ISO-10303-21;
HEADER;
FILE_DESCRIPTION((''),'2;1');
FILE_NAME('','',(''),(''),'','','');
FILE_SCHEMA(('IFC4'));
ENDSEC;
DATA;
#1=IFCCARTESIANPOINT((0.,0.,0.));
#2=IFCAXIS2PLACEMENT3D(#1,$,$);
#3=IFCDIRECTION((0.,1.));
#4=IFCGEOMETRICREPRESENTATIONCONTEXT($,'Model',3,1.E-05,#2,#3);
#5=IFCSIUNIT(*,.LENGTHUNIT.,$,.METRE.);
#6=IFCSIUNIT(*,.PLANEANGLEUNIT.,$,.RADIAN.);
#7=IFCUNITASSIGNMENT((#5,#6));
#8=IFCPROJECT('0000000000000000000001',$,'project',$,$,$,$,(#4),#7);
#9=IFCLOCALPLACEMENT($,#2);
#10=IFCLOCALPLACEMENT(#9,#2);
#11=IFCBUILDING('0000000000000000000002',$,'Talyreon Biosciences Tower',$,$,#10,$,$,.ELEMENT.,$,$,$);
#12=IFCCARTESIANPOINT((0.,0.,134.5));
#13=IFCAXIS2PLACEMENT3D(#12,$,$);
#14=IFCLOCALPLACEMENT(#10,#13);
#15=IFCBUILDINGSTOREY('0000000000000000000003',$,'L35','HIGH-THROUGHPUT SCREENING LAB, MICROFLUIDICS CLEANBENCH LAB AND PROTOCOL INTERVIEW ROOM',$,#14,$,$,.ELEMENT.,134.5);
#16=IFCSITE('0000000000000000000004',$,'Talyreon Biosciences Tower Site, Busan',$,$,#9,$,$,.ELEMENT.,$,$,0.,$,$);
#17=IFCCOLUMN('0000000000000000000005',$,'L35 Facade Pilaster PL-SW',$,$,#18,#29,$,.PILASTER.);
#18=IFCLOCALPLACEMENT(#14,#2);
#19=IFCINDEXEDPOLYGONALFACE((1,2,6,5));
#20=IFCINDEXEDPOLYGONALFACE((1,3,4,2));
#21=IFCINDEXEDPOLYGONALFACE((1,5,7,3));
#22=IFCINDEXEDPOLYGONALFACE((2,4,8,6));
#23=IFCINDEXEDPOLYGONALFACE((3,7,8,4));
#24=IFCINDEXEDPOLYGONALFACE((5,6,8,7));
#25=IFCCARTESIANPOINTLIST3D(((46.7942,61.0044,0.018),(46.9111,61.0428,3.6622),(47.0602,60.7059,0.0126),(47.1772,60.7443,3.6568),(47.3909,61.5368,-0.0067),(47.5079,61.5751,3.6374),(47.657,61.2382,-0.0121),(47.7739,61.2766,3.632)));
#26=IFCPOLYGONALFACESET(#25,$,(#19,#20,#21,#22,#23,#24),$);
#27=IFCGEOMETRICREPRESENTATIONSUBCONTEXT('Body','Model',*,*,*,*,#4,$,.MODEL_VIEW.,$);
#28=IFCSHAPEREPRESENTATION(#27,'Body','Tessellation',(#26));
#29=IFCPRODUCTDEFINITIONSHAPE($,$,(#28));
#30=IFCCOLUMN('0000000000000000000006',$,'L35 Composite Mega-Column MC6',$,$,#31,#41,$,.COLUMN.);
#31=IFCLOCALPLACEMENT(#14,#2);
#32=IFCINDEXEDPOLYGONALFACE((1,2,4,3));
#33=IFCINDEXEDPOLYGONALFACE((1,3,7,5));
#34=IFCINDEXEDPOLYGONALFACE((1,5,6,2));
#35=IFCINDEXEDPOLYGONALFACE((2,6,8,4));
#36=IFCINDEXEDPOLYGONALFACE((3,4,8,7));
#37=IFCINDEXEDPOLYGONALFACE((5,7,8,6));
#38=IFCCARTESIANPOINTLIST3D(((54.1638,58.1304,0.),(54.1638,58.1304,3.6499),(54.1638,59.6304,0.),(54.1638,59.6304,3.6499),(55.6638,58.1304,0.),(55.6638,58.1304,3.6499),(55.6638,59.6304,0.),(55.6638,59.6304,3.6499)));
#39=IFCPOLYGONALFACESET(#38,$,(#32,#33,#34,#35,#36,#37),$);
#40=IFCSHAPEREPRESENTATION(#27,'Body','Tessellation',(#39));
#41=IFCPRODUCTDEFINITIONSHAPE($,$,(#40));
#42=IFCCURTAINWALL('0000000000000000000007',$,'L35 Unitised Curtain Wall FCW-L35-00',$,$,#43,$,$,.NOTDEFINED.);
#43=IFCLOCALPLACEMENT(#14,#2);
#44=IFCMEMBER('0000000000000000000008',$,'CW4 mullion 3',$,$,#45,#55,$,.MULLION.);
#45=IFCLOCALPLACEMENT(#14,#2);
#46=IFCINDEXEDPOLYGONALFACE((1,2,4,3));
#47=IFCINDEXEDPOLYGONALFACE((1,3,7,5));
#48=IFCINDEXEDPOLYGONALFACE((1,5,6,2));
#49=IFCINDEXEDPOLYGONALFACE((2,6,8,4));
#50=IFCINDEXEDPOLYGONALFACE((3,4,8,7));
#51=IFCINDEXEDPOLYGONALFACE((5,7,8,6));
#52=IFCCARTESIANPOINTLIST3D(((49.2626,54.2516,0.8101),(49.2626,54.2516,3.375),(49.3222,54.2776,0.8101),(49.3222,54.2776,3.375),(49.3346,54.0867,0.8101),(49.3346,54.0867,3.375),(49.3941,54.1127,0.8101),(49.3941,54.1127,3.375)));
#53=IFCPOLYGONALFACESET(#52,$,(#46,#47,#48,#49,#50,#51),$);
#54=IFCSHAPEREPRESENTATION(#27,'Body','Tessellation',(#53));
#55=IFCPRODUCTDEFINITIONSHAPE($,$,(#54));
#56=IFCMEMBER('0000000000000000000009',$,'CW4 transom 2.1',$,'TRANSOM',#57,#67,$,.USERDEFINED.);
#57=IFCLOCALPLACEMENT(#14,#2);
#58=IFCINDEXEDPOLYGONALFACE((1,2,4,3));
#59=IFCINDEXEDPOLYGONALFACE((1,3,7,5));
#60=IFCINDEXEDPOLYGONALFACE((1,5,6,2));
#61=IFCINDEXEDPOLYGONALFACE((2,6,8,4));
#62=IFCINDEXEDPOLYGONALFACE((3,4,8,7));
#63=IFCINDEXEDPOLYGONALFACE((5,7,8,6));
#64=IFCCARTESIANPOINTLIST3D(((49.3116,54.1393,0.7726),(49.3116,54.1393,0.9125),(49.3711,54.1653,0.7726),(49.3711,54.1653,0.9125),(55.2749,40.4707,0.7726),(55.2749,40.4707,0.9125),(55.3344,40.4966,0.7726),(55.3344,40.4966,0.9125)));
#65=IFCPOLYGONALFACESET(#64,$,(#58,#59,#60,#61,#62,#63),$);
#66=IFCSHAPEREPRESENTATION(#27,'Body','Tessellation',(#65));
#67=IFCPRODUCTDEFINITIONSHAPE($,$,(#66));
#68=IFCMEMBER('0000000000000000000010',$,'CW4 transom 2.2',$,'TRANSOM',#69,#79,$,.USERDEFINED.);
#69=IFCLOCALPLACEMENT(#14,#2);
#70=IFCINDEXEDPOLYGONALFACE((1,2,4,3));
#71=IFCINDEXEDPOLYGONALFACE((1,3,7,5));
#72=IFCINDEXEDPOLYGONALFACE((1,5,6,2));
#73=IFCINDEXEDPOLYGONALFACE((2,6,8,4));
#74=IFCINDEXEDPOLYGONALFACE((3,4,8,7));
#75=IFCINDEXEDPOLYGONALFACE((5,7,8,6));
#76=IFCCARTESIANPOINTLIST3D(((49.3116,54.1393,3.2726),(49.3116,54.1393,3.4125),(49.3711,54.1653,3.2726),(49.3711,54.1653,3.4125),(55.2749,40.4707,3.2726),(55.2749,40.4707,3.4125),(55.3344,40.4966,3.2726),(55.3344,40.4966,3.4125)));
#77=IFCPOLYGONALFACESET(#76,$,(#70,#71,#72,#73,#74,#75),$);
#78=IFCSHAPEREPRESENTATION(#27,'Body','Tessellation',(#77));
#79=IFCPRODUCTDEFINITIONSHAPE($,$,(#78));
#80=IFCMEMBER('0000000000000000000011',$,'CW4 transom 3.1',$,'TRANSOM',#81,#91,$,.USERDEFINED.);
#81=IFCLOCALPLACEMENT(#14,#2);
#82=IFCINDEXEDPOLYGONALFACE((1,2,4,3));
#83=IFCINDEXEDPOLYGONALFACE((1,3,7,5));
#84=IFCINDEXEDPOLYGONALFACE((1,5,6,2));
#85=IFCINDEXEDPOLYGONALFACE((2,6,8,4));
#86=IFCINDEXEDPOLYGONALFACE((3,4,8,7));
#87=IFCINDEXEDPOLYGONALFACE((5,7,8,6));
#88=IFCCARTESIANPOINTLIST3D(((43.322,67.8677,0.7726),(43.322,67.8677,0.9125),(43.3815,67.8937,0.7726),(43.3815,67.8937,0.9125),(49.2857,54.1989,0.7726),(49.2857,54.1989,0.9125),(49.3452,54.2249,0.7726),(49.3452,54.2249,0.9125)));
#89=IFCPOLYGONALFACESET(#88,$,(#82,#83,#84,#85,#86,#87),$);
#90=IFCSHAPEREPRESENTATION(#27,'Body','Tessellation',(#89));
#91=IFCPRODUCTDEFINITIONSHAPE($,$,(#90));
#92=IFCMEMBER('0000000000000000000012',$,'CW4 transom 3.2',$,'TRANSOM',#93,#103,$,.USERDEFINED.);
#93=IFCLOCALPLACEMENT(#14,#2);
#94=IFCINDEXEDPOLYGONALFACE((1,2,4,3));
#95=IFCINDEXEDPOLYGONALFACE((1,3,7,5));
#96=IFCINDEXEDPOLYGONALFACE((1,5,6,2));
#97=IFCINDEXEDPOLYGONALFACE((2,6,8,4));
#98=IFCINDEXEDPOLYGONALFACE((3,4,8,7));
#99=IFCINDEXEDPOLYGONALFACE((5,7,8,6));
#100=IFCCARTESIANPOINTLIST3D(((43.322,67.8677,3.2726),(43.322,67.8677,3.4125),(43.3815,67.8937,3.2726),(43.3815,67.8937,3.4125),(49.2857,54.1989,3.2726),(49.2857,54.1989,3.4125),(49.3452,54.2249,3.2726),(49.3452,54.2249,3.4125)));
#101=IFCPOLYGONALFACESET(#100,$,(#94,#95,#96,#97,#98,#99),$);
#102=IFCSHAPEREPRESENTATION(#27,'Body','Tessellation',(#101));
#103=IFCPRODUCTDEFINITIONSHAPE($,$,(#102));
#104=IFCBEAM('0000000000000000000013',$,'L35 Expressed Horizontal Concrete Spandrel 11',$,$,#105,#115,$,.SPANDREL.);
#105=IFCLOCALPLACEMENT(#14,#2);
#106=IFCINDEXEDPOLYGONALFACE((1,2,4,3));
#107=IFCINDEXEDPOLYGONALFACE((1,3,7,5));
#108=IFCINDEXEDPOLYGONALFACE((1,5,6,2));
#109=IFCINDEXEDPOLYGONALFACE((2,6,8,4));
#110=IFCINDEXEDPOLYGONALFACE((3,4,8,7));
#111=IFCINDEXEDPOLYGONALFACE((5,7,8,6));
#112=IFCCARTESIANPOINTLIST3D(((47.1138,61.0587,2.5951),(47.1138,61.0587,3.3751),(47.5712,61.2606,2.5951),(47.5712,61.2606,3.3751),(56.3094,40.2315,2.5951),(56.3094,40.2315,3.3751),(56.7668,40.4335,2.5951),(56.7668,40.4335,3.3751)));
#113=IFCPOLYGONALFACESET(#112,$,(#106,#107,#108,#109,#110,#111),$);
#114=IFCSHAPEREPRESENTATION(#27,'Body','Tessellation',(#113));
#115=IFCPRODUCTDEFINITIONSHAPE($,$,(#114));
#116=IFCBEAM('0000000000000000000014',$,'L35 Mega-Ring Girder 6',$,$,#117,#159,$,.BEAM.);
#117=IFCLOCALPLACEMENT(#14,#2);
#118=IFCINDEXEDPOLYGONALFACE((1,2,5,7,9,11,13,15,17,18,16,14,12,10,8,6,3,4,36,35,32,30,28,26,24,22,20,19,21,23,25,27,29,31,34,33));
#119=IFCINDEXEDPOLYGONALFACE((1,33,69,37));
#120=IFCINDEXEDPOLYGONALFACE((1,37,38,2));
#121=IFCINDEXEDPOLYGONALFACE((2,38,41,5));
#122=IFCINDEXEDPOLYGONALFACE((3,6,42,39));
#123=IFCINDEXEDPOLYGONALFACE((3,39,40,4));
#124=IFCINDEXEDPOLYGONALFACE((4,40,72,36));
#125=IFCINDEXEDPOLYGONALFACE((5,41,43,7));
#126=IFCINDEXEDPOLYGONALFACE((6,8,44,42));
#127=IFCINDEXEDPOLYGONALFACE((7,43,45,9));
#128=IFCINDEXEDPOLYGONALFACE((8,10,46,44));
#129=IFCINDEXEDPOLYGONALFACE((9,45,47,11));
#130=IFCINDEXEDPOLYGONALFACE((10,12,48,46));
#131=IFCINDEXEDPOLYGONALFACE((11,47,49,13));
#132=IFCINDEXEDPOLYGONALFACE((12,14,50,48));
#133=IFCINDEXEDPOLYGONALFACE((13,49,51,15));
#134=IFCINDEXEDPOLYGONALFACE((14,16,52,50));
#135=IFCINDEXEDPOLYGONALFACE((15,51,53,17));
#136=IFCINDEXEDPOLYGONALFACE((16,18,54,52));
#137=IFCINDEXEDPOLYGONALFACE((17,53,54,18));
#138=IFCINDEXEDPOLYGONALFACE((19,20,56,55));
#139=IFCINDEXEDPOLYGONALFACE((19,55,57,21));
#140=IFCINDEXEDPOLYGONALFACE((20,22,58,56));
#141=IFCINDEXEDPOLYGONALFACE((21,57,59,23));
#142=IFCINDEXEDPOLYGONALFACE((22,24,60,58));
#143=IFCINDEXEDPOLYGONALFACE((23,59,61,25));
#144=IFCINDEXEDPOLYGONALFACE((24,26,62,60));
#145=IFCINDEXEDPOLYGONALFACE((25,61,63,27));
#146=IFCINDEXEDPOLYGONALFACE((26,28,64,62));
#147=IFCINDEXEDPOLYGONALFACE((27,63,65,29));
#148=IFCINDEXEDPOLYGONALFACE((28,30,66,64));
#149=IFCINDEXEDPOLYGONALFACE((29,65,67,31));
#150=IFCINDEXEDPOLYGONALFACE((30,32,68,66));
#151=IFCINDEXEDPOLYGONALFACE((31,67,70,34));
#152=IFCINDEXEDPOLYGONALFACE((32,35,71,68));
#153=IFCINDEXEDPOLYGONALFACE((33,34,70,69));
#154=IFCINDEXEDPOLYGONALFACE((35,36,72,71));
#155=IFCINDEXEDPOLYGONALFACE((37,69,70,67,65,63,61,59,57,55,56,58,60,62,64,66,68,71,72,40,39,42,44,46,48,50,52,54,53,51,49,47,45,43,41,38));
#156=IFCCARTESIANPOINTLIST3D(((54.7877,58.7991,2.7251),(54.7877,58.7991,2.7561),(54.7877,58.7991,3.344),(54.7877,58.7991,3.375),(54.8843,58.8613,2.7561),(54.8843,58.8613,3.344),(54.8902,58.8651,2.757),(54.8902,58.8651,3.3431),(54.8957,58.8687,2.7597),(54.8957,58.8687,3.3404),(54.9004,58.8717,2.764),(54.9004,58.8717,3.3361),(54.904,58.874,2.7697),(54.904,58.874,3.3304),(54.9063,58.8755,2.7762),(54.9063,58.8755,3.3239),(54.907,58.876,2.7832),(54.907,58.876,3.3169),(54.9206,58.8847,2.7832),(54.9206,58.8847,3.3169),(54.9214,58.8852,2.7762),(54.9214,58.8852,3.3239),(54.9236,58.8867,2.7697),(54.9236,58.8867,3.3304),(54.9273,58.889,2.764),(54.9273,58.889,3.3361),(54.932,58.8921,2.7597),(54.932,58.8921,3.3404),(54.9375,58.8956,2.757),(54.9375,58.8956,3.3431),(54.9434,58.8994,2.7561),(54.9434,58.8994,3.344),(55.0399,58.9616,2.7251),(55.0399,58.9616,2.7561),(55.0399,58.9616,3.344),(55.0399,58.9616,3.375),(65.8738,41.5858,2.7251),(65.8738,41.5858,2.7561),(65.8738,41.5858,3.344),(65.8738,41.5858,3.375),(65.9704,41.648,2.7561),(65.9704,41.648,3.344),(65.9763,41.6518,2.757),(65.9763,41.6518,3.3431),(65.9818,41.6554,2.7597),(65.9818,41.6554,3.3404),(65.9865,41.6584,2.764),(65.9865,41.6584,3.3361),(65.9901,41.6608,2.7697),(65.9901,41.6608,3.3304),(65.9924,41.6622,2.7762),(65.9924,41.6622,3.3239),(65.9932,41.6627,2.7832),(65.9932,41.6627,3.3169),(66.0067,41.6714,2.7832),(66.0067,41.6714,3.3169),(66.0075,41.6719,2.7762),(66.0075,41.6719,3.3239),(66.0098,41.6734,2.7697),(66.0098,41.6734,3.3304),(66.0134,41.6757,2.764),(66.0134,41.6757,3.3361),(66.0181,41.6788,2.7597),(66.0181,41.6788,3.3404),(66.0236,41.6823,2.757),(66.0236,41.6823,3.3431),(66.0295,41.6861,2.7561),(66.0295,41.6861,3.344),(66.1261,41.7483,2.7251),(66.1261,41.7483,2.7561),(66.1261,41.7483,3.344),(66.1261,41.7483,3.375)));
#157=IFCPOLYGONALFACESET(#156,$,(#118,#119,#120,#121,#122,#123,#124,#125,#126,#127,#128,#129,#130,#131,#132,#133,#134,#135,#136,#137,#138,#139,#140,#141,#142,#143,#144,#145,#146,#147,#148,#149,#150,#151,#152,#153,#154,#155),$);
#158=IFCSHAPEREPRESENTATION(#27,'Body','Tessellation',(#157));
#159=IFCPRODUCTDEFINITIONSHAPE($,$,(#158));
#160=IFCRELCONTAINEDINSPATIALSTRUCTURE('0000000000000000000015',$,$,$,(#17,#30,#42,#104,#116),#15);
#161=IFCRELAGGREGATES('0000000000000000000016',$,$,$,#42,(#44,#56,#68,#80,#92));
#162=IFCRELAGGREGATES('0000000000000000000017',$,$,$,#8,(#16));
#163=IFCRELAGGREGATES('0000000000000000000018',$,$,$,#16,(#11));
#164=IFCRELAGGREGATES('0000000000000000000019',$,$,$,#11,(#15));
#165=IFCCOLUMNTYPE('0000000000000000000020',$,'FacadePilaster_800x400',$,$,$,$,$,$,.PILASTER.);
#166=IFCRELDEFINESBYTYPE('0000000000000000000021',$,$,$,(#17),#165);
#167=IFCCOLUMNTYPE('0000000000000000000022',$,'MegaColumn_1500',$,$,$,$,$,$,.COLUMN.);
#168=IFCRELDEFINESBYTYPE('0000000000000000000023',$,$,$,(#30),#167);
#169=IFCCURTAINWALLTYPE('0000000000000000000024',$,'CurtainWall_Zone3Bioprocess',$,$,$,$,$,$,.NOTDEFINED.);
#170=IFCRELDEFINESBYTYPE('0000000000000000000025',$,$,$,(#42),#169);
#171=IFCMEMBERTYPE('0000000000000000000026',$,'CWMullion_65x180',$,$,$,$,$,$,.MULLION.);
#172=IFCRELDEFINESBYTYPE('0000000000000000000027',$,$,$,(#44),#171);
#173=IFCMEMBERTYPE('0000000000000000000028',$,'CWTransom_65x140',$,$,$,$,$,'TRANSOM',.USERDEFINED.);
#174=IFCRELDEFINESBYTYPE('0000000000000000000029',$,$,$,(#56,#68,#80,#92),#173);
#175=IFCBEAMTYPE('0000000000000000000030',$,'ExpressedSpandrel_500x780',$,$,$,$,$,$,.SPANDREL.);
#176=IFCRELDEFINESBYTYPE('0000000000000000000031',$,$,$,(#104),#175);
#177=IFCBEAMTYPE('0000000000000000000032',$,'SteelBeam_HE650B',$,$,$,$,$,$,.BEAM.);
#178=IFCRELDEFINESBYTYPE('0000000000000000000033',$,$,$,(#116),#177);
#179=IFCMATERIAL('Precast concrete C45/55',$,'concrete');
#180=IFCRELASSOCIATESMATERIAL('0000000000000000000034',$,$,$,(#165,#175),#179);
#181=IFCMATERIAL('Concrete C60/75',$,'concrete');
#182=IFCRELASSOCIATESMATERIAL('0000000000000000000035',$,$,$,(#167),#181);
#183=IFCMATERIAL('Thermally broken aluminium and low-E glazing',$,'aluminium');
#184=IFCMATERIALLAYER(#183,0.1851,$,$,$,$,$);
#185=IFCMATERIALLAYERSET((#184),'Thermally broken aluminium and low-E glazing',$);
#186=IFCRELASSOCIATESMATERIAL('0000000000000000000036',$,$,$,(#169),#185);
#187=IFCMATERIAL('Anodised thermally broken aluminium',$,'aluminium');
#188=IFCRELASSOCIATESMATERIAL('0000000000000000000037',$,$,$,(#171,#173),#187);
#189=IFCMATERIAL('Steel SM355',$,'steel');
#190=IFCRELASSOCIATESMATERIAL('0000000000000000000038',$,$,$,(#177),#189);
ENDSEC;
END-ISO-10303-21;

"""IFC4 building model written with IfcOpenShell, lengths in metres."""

from ifc_helpers import new_model, si_unit, direction, frame, origin, origin_2d, place, context, subcontext, project, spatial, rectangle, i_section, extrude, material, layer, layer_set, material_profile, profile_set, type_object, element, aggregate, save


model = new_model("IFC4")

# Units and contexts
model_context = context("Model", 3, precision=1e-05, world=origin(), true_north=direction((0.0, 1.0)))
body_context = subcontext(model_context, "Body", "Model", "MODEL_VIEW")
ifc_project = project(units=[si_unit("LENGTHUNIT", "METRE"), si_unit("PLANEANGLEUNIT", "RADIAN")], contexts=[model_context])

# Site, building, storey
site_placement = place(None, origin())
site = spatial("IfcSite", under=ifc_project, at=site_placement, Name="Talyreon Biosciences Tower Site, Busan", CompositionType="ELEMENT", RefElevation=0.0)
building_placement = place(site_placement, origin())
building = spatial("IfcBuilding", under=site, at=building_placement, Name="Talyreon Biosciences Tower", CompositionType="ELEMENT")
storey_placement = place(building_placement, frame((0.0, 0.0, 134.5)))
storey = spatial("IfcBuildingStorey", under=building, at=storey_placement, Name="L35", Description="HIGH-THROUGHPUT SCREENING LAB, MICROFLUIDICS CLEANBENCH LAB AND PROTOCOL INTERVIEW ROOM", CompositionType="ELEMENT", Elevation=134.5)

# Columns
ifc_material_1 = material(Name="Precast concrete C45/55", Category="concrete")
ifc_material_profile_1 = material_profile(ifc_material_1, rectangle(XDim=0.8, YDim=0.3999, at=origin_2d()), Name="RC 800x400")
ifc_profile_set_1 = profile_set([ifc_material_profile_1], Name="Precast concrete C45/55")
column_type_1 = type_object("IfcColumnType", Name="FacadePilaster_800x400", PredefinedType="PILASTER", material=ifc_profile_set_1)
column_1_placement = place(storey_placement, frame((47.2256, 61.1213, 0.0029), z_axis=(0.032073, 0.010513, 0.99943), x_axis=(0.745882, 0.665359, -0.030935)))
element("IfcColumn", 1, at=column_1_placement, inside=storey, type_object=column_type_1, Name="L35 Facade Pilaster PL-SW", PredefinedType="PILASTER", context=body_context, shape_type="SweptSolid", body=[
    extrude(rectangle(XDim=0.8, YDim=0.3999, at=origin_2d()), origin(), (0.0, 0.0, 1.0), 3.6462),
])
ifc_material_2 = material(Name="Concrete C60/75", Category="concrete")
ifc_material_profile_2 = material_profile(ifc_material_2, rectangle(XDim=1.5, YDim=1.5, at=origin_2d()), Name="RC 1500x1500")
ifc_profile_set_2 = profile_set([ifc_material_profile_2], Name="Concrete C60/75")
column_type_2 = type_object("IfcColumnType", Name="MegaColumn_1500", PredefinedType="COLUMN", material=ifc_profile_set_2)
column_2_placement = place(storey_placement, frame((54.9138, 58.8804, 0.0), z_axis=(0.0, 0.0, 1.0), x_axis=(1.0, 0.0, 0.0)))
element("IfcColumn", 2, at=column_2_placement, inside=storey, type_object=column_type_2, Name="L35 Composite Mega-Column MC6", PredefinedType="COLUMN", context=body_context, shape_type="SweptSolid", body=[
    extrude(rectangle(XDim=1.5, YDim=1.5, at=origin_2d()), origin(), (0.0, 0.0, 1.0), 3.6499),
])

# Curtain wall, members
ifc_material_3 = material(Name="Thermally broken aluminium and low-E glazing", Category="aluminium")
ifc_layer_1 = layer(ifc_material_3, 0.1851)
ifc_layer_set_1 = layer_set([ifc_layer_1], Name="Thermally broken aluminium and low-E glazing")
curtain_wall_type = type_object("IfcCurtainWallType", Name="CurtainWall_Zone3Bioprocess", PredefinedType="NOTDEFINED", material=ifc_layer_set_1)
curtain_wall_placement = place(storey_placement, origin())
curtain_wall = element("IfcCurtainWall", 3, at=curtain_wall_placement, inside=storey, type_object=curtain_wall_type, Name="L35 Unitised Curtain Wall FCW-L35-00", PredefinedType="NOTDEFINED")
ifc_material_4 = material(Name="Anodised thermally broken aluminium", Category="aluminium")
ifc_material_profile_3 = material_profile(ifc_material_4, rectangle(XDim=0.0649, YDim=0.1799, at=origin_2d()), Name="ALUM MULLION 65x180")
ifc_profile_set_3 = profile_set([ifc_material_profile_3], Name="Anodised thermally broken aluminium")
member_type_1 = type_object("IfcMemberType", Name="CWMullion_65x180", PredefinedType="MULLION", material=ifc_profile_set_3)
member_1_placement = place(storey_placement, frame((49.3284, 54.1821, 0.8101), z_axis=(0.0, 0.0, 1.0), x_axis=(-0.916566, -0.399882, 0.0)))
member_1 = element("IfcMember", 4, at=member_1_placement, type_object=member_type_1, Name="CW4 mullion 3", PredefinedType="MULLION", context=body_context, shape_type="SweptSolid", body=[
    extrude(rectangle(XDim=0.0649, YDim=0.1799, at=origin_2d()), origin(), (0.0, 0.0, 1.0), 2.5649),
])
ifc_material_profile_4 = material_profile(ifc_material_4, rectangle(XDim=0.0649, YDim=0.1399, at=origin_2d()), Name="ALUM TRANSOM 65x140")
ifc_profile_set_4 = profile_set([ifc_material_profile_4], Name="Anodised thermally broken aluminium")
member_type_2 = type_object("IfcMemberType", Name="CWTransom_65x140", ElementType="TRANSOM", PredefinedType="USERDEFINED", material=ifc_profile_set_4)
member_2_placement = place(storey_placement, frame((55.3047, 40.4836, 0.8425), z_axis=(-0.39988, 0.916568, 0.0), x_axis=(-0.916568, -0.39988, 0.0)))
member_2 = element("IfcMember", 5, at=member_2_placement, type_object=member_type_2, Name="CW4 transom 2.1", ObjectType="TRANSOM", PredefinedType="USERDEFINED", context=body_context, shape_type="SweptSolid", body=[
    extrude(rectangle(XDim=0.0649, YDim=0.1399, at=origin_2d()), origin(), (0.0, 0.0, 1.0), 14.9128),
])
member_3_placement = place(storey_placement, frame((55.3047, 40.4836, 3.3425), z_axis=(-0.39988, 0.916568, 0.0), x_axis=(-0.916568, -0.39988, 0.0)))
member_3 = element("IfcMember", 6, at=member_3_placement, type_object=member_type_2, Name="CW4 transom 2.2", ObjectType="TRANSOM", PredefinedType="USERDEFINED", context=body_context, shape_type="SweptSolid", body=[
    extrude(rectangle(XDim=0.0649, YDim=0.1399, at=origin_2d()), origin(), (0.0, 0.0, 1.0), 14.9128),
])
member_4_placement = place(storey_placement, frame((49.3154, 54.2119, 0.8425), z_axis=(-0.399894, 0.916562, 0.0), x_axis=(-0.916562, -0.399894, 0.0)))
member_4 = element("IfcMember", 7, at=member_4_placement, type_object=member_type_2, Name="CW4 transom 3.1", ObjectType="TRANSOM", PredefinedType="USERDEFINED", context=body_context, shape_type="SweptSolid", body=[
    extrude(rectangle(XDim=0.0649, YDim=0.1399, at=origin_2d()), origin(), (0.0, 0.0, 1.0), 14.9131),
])
member_5_placement = place(storey_placement, frame((49.3154, 54.2119, 3.3425), z_axis=(-0.399894, 0.916562, 0.0), x_axis=(-0.916562, -0.399894, 0.0)))
member_5 = element("IfcMember", 8, at=member_5_placement, type_object=member_type_2, Name="CW4 transom 3.2", ObjectType="TRANSOM", PredefinedType="USERDEFINED", context=body_context, shape_type="SweptSolid", body=[
    extrude(rectangle(XDim=0.0649, YDim=0.1399, at=origin_2d()), origin(), (0.0, 0.0, 1.0), 14.9131),
])

# Beams
ifc_material_profile_5 = material_profile(ifc_material_1, rectangle(XDim=0.5, YDim=0.78, at=origin_2d()), Name="RCB 500x780")
ifc_profile_set_5 = profile_set([ifc_material_profile_5], Name="Precast concrete C45/55")
beam_type_1 = type_object("IfcBeamType", Name="ExpressedSpandrel_500x780", PredefinedType="SPANDREL", material=ifc_profile_set_5)
beam_1_placement = place(storey_placement, frame((47.3425, 61.1597, 2.9851), z_axis=(0.403902, -0.914802, 0.0), x_axis=(0.914802, 0.403902, 0.0)))
element("IfcBeam", 9, at=beam_1_placement, inside=storey, type_object=beam_type_1, Name="L35 Expressed Horizontal Concrete Spandrel 11", PredefinedType="SPANDREL", context=body_context, shape_type="SweptSolid", body=[
    extrude(rectangle(XDim=0.5, YDim=0.78, at=origin_2d()), origin(), (0.0, 0.0, 1.0), 22.7668),
])
ifc_material_5 = material(Name="Steel SM355", Category="steel")
ifc_material_profile_6 = material_profile(ifc_material_5, i_section(OverallWidth=0.3, OverallDepth=0.6499, WebThickness=0.0161, FlangeThickness=0.031, FilletRadius=0.0271, at=origin_2d()), Name="HE650B")
ifc_profile_set_6 = profile_set([ifc_material_profile_6], Name="Steel SM355")
beam_type_2 = type_object("IfcBeamType", Name="SteelBeam_HE650B", PredefinedType="BEAM", material=ifc_profile_set_6)
beam_2_placement = place(storey_placement, frame((54.9138, 58.8804, 3.05), z_axis=(0.541464, -0.840724, 0.0), x_axis=(0.840724, 0.541464, 0.0)))
element("IfcBeam", 10, at=beam_2_placement, inside=storey, type_object=beam_type_2, Name="L35 Mega-Ring Girder 6", PredefinedType="BEAM", context=body_context, shape_type="SweptSolid", body=[
    extrude(i_section(OverallWidth=0.3, OverallDepth=0.6499, WebThickness=0.0161, FlangeThickness=0.031, FilletRadius=0.0271, at=origin_2d()), origin(), (0.0, 0.0, 1.0), 20.4744),
])

aggregate(curtain_wall, [member_1, member_2, member_3, member_4, member_5])

save(model, "model.ifc")
